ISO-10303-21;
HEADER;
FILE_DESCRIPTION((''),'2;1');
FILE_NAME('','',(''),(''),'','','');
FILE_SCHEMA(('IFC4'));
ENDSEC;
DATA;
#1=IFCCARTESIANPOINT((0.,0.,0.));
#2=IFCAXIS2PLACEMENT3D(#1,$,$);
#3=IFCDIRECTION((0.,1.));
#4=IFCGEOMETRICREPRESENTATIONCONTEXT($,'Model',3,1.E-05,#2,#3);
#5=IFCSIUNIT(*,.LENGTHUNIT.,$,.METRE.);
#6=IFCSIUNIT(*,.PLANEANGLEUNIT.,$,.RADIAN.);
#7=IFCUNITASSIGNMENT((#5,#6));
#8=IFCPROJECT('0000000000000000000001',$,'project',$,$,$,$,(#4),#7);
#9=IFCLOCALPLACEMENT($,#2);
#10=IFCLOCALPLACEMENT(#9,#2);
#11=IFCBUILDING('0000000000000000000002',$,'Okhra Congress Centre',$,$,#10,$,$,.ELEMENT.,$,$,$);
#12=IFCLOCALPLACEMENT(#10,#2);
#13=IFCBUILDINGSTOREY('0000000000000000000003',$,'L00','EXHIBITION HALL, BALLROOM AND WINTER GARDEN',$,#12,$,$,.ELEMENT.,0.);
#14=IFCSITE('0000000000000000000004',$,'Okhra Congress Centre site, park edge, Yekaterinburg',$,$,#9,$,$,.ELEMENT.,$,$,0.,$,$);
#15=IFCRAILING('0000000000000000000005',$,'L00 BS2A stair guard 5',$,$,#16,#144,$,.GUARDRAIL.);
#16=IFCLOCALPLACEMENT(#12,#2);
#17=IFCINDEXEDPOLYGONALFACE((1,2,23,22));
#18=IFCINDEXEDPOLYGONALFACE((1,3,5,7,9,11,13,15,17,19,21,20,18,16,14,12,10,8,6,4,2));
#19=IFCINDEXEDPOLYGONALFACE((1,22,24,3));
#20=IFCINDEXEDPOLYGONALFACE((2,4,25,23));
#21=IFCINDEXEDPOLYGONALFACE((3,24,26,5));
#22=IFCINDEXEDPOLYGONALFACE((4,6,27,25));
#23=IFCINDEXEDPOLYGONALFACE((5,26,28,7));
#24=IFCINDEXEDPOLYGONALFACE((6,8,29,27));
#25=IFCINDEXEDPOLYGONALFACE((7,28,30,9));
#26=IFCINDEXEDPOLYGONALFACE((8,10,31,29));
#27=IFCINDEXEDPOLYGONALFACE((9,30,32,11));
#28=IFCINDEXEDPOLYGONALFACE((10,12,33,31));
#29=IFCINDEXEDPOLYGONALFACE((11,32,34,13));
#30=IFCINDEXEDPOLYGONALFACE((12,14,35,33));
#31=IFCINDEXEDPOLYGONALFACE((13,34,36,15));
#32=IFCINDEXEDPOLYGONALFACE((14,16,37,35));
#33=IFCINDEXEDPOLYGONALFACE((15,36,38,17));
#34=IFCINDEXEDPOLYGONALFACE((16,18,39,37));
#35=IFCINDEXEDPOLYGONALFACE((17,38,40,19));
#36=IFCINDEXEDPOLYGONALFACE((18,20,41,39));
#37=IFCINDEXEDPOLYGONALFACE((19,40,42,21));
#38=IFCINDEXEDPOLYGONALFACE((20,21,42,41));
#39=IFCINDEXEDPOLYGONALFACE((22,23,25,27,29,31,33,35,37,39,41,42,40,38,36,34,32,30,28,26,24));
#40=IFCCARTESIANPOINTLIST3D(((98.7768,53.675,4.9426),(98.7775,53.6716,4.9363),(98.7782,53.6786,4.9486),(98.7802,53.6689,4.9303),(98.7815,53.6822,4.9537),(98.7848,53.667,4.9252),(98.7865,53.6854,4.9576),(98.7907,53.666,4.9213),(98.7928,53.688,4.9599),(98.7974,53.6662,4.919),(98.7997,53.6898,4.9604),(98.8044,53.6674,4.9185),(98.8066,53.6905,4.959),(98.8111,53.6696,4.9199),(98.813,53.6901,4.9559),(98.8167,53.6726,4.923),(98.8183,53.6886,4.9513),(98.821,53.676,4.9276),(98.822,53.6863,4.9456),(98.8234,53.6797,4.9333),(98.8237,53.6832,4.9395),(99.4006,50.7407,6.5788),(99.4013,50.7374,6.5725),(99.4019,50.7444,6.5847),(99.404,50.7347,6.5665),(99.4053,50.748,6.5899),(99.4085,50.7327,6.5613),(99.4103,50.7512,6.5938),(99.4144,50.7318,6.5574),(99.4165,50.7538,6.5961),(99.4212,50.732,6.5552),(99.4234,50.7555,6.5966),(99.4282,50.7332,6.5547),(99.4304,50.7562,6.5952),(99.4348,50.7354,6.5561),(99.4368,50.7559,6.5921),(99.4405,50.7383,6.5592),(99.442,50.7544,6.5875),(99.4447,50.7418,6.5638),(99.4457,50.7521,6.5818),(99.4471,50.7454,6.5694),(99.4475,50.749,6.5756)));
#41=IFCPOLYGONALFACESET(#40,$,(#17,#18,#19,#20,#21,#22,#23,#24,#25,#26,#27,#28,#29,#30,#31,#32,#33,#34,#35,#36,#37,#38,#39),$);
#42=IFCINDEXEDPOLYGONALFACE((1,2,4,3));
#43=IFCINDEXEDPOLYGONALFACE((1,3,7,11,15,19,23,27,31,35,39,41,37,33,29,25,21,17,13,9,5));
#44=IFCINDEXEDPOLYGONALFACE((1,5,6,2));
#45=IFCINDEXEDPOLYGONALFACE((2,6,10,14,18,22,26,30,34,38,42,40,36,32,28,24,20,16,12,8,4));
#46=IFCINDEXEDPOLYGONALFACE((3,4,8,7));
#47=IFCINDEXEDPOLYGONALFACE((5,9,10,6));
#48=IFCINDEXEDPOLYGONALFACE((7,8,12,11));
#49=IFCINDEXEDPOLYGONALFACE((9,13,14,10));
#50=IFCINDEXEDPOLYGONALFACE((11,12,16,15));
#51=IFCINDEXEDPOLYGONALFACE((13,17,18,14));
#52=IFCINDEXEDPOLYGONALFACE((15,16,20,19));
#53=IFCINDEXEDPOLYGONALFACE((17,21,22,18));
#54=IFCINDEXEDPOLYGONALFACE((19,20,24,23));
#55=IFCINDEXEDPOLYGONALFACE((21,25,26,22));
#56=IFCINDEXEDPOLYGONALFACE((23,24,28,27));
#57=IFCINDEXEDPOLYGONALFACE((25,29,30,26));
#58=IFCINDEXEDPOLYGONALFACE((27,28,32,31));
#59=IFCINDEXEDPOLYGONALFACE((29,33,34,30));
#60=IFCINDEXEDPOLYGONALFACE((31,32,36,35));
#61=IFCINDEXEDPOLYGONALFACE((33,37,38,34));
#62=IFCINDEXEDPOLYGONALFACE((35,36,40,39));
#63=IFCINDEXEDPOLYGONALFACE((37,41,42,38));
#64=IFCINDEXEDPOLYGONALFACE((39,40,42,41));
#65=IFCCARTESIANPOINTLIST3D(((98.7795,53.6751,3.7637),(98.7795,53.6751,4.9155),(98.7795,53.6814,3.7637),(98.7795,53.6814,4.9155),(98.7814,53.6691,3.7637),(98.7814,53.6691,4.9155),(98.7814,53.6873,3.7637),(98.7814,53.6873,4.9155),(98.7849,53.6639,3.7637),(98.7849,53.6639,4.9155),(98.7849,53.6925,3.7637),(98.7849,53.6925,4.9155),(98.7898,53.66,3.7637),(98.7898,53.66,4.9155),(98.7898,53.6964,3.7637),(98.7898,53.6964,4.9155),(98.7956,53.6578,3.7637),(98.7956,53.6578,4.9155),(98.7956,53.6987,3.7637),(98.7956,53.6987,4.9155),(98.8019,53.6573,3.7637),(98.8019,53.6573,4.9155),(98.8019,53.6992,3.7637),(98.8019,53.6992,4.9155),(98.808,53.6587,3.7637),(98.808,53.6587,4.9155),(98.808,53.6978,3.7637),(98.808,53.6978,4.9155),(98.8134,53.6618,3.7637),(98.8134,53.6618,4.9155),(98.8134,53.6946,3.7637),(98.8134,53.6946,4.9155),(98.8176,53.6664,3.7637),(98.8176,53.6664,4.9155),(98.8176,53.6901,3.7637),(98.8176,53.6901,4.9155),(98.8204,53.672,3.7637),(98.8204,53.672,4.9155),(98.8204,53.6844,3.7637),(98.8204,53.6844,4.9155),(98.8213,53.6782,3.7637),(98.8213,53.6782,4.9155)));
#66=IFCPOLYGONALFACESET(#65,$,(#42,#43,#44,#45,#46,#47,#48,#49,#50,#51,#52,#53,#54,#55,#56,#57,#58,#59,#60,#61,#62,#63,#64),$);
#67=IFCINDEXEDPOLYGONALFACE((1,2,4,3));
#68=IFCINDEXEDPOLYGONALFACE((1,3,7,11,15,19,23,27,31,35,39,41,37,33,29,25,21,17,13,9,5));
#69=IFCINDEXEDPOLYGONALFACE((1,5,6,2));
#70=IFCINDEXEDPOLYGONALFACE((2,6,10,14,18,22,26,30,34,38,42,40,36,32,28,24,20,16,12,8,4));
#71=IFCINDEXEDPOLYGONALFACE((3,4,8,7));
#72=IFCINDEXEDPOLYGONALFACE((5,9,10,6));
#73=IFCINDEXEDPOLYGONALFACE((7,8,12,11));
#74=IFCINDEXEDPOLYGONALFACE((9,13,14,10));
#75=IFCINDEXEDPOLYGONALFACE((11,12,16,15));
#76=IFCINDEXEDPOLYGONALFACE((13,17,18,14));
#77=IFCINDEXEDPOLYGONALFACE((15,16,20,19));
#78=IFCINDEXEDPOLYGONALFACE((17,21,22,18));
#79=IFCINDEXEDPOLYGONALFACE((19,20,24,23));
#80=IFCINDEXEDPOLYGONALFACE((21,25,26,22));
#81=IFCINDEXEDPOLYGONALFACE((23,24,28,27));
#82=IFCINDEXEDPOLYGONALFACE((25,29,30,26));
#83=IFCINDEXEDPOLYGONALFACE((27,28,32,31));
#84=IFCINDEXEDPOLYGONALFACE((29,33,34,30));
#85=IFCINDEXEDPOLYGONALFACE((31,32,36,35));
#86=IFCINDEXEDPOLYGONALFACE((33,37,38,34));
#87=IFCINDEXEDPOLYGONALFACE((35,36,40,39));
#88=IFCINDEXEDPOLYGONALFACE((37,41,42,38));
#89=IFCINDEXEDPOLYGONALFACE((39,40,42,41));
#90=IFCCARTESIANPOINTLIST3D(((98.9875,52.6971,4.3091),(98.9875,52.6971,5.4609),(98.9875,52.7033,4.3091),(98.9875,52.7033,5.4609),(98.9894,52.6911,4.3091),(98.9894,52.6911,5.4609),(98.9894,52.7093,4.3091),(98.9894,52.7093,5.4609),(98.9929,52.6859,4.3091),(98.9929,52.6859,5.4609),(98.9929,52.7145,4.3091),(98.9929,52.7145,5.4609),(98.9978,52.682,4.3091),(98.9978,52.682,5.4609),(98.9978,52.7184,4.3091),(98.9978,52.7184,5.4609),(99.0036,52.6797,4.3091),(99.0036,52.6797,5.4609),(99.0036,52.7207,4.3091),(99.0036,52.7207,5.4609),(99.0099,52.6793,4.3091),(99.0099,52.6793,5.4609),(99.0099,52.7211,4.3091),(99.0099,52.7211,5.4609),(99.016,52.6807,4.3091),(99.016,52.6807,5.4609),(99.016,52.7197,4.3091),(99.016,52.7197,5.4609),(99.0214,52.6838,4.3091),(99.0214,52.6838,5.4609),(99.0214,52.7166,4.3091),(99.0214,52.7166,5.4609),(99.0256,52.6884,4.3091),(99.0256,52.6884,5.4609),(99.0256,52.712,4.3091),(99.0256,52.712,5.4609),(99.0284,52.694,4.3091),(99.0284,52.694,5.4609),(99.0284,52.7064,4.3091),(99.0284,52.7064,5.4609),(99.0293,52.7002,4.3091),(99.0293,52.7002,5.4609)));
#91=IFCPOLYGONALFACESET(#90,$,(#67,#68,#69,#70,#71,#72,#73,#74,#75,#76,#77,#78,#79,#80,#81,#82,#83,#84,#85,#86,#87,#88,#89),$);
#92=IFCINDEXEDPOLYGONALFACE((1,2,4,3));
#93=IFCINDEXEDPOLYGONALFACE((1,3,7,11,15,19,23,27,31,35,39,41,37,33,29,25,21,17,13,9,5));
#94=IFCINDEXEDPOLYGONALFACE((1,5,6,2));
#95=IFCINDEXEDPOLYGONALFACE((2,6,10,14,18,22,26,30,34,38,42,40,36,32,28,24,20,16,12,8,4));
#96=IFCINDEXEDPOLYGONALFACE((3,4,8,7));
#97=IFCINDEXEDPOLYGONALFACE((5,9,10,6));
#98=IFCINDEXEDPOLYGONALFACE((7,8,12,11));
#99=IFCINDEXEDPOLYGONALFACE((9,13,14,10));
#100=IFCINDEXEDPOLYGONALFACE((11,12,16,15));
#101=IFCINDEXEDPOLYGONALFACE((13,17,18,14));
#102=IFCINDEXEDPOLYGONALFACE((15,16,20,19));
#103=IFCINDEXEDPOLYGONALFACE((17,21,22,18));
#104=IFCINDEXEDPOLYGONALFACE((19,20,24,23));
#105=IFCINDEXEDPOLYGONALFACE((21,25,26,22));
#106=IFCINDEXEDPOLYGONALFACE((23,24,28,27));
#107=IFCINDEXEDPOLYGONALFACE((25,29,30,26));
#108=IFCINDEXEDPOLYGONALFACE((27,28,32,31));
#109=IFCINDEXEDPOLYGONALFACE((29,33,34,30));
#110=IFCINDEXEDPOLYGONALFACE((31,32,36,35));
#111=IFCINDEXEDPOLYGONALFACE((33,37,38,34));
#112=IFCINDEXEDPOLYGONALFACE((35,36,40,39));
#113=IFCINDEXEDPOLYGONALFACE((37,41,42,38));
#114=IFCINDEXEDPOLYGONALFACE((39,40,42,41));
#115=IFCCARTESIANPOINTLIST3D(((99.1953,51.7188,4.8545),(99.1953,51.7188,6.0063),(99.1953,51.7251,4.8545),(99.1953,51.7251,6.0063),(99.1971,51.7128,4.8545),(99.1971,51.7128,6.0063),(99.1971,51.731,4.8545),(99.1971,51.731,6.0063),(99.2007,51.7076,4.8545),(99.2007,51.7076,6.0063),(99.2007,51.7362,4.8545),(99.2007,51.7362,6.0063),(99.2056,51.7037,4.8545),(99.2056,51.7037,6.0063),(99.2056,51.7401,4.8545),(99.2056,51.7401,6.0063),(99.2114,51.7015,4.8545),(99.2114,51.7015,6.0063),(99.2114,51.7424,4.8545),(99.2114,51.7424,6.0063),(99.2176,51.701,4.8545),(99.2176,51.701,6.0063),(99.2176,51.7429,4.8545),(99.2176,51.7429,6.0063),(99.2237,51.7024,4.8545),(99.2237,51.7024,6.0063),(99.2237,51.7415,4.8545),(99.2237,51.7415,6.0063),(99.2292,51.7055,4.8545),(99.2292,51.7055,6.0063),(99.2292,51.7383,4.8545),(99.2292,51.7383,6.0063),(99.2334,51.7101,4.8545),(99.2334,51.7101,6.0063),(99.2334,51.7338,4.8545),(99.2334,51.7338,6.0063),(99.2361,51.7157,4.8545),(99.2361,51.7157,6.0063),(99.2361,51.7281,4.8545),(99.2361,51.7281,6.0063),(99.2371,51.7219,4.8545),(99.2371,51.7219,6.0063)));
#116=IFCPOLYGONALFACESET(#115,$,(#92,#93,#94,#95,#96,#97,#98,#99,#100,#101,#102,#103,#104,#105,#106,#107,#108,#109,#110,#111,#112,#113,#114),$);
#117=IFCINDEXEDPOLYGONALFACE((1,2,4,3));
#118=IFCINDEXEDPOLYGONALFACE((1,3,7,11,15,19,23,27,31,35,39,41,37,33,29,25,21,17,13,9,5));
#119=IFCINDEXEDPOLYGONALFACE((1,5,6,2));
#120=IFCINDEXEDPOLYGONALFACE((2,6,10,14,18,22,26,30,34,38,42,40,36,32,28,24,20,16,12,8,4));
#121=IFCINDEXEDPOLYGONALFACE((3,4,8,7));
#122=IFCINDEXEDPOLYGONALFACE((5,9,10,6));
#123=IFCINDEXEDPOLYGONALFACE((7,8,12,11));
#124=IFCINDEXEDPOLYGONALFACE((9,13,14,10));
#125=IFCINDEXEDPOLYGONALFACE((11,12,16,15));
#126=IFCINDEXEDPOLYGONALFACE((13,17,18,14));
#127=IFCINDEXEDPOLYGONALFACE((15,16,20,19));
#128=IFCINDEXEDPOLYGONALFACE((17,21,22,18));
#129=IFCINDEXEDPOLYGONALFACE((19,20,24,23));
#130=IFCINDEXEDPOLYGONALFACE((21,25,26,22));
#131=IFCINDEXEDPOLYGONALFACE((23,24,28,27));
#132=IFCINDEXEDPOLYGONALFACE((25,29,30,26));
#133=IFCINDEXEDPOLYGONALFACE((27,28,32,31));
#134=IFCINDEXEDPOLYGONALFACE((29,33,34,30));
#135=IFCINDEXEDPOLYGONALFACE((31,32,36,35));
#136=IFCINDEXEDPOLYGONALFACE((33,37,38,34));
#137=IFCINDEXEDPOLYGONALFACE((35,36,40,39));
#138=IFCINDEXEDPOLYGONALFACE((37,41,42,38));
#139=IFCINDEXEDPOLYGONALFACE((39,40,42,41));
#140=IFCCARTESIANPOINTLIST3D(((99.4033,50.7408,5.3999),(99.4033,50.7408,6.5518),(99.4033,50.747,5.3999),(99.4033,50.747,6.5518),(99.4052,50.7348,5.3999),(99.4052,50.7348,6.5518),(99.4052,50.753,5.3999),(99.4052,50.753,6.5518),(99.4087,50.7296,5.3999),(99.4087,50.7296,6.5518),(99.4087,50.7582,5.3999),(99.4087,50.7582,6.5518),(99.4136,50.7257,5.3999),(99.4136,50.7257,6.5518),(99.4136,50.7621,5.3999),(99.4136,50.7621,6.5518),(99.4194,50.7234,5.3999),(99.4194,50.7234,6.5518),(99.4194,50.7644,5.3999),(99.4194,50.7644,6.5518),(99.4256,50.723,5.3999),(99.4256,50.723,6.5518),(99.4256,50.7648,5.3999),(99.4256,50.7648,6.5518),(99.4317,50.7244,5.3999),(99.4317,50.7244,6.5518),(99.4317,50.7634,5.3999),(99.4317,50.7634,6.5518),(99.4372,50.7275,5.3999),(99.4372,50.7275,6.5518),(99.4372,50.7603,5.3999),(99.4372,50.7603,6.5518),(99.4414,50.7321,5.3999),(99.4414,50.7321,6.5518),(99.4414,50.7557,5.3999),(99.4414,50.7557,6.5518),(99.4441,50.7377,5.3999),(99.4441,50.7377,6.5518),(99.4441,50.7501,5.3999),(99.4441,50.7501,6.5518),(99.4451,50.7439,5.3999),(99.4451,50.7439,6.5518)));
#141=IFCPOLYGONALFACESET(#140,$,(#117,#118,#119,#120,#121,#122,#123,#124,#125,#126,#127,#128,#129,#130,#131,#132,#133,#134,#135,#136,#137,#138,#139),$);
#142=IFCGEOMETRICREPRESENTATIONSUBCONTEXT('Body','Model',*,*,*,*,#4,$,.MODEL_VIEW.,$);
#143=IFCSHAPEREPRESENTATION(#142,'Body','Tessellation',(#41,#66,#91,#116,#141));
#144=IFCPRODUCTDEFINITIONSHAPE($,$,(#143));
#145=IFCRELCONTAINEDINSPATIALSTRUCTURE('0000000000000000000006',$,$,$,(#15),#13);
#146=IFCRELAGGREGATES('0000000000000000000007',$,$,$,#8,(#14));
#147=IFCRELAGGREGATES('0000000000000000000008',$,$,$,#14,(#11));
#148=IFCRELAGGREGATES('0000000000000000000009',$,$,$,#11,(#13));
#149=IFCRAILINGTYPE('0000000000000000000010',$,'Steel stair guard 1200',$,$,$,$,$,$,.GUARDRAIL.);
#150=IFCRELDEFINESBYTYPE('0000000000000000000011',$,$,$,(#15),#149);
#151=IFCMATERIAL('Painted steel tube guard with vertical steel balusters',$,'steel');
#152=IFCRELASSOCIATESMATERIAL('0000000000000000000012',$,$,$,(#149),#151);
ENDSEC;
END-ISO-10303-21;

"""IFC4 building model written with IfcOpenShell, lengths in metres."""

from ifc_helpers import new_model, si_unit, direction, frame, origin, origin_2d, place, context, subcontext, project, spatial, circle, extrude, material, type_object, element, save


model = new_model("IFC4")

# Units and contexts
model_context = context("Model", 3, precision=1e-05, world=origin(), true_north=direction((0.0, 1.0)))
body_context = subcontext(model_context, "Body", "Model", "MODEL_VIEW")
ifc_project = project(units=[si_unit("LENGTHUNIT", "METRE"), si_unit("PLANEANGLEUNIT", "RADIAN")], contexts=[model_context])

# Site, building, storey
site_placement = place(None, origin())
site = spatial("IfcSite", under=ifc_project, at=site_placement, Name="Okhra Congress Centre site, park edge, Yekaterinburg", CompositionType="ELEMENT", RefElevation=0.0)
building_placement = place(site_placement, origin())
building = spatial("IfcBuilding", under=site, at=building_placement, Name="Okhra Congress Centre", CompositionType="ELEMENT")
storey_placement = place(building_placement, origin())
storey = spatial("IfcBuildingStorey", under=building, at=storey_placement, Name="L00", Description="EXHIBITION HALL, BALLROOM AND WINTER GARDEN", CompositionType="ELEMENT", Elevation=0.0)

# Railing
ifc_material_1 = material(Name="Painted steel tube guard with vertical steel balusters", Category="steel")
railing_type_1 = type_object("IfcRailingType", Name="Steel stair guard 1200", PredefinedType="GUARDRAIL", material=ifc_material_1)
railing_1_placement = place(storey_placement, frame((98.8003, 53.6782, 3.7637)))
element("IfcRailing", 1, at=railing_1_placement, inside=storey, type_object=railing_type_1, Name="L00 BS2A stair guard 5", PredefinedType="GUARDRAIL", context=body_context, shape_type="SweptSolid", body=[
    extrude(circle(Radius=0.0239, at=origin_2d()), frame((0.0, 0.0, 1.1758), z_axis=(0.182546, -0.858716, 0.478835), x_axis=(0.978143, 0.207934, 0.0)), (0.0, 0.0, 1.0), 3.417),
    extrude(circle(Radius=0.021, at=origin_2d()), origin(), (0.0, 0.0, 1.0), 1.1519),
    extrude(circle(Radius=0.021, at=origin_2d()), frame((0.208, -0.978, 0.5454)), (0.0, 0.0, 1.0), 1.1519),
    extrude(circle(Radius=0.021, at=origin_2d()), frame((0.4158, -1.9563, 1.0908)), (0.0, 0.0, 1.0), 1.1519),
    extrude(circle(Radius=0.021, at=origin_2d()), frame((0.6238, -2.9343, 1.6362)), (0.0, 0.0, 1.0), 1.1519),
])

save(model, "model.ifc")
